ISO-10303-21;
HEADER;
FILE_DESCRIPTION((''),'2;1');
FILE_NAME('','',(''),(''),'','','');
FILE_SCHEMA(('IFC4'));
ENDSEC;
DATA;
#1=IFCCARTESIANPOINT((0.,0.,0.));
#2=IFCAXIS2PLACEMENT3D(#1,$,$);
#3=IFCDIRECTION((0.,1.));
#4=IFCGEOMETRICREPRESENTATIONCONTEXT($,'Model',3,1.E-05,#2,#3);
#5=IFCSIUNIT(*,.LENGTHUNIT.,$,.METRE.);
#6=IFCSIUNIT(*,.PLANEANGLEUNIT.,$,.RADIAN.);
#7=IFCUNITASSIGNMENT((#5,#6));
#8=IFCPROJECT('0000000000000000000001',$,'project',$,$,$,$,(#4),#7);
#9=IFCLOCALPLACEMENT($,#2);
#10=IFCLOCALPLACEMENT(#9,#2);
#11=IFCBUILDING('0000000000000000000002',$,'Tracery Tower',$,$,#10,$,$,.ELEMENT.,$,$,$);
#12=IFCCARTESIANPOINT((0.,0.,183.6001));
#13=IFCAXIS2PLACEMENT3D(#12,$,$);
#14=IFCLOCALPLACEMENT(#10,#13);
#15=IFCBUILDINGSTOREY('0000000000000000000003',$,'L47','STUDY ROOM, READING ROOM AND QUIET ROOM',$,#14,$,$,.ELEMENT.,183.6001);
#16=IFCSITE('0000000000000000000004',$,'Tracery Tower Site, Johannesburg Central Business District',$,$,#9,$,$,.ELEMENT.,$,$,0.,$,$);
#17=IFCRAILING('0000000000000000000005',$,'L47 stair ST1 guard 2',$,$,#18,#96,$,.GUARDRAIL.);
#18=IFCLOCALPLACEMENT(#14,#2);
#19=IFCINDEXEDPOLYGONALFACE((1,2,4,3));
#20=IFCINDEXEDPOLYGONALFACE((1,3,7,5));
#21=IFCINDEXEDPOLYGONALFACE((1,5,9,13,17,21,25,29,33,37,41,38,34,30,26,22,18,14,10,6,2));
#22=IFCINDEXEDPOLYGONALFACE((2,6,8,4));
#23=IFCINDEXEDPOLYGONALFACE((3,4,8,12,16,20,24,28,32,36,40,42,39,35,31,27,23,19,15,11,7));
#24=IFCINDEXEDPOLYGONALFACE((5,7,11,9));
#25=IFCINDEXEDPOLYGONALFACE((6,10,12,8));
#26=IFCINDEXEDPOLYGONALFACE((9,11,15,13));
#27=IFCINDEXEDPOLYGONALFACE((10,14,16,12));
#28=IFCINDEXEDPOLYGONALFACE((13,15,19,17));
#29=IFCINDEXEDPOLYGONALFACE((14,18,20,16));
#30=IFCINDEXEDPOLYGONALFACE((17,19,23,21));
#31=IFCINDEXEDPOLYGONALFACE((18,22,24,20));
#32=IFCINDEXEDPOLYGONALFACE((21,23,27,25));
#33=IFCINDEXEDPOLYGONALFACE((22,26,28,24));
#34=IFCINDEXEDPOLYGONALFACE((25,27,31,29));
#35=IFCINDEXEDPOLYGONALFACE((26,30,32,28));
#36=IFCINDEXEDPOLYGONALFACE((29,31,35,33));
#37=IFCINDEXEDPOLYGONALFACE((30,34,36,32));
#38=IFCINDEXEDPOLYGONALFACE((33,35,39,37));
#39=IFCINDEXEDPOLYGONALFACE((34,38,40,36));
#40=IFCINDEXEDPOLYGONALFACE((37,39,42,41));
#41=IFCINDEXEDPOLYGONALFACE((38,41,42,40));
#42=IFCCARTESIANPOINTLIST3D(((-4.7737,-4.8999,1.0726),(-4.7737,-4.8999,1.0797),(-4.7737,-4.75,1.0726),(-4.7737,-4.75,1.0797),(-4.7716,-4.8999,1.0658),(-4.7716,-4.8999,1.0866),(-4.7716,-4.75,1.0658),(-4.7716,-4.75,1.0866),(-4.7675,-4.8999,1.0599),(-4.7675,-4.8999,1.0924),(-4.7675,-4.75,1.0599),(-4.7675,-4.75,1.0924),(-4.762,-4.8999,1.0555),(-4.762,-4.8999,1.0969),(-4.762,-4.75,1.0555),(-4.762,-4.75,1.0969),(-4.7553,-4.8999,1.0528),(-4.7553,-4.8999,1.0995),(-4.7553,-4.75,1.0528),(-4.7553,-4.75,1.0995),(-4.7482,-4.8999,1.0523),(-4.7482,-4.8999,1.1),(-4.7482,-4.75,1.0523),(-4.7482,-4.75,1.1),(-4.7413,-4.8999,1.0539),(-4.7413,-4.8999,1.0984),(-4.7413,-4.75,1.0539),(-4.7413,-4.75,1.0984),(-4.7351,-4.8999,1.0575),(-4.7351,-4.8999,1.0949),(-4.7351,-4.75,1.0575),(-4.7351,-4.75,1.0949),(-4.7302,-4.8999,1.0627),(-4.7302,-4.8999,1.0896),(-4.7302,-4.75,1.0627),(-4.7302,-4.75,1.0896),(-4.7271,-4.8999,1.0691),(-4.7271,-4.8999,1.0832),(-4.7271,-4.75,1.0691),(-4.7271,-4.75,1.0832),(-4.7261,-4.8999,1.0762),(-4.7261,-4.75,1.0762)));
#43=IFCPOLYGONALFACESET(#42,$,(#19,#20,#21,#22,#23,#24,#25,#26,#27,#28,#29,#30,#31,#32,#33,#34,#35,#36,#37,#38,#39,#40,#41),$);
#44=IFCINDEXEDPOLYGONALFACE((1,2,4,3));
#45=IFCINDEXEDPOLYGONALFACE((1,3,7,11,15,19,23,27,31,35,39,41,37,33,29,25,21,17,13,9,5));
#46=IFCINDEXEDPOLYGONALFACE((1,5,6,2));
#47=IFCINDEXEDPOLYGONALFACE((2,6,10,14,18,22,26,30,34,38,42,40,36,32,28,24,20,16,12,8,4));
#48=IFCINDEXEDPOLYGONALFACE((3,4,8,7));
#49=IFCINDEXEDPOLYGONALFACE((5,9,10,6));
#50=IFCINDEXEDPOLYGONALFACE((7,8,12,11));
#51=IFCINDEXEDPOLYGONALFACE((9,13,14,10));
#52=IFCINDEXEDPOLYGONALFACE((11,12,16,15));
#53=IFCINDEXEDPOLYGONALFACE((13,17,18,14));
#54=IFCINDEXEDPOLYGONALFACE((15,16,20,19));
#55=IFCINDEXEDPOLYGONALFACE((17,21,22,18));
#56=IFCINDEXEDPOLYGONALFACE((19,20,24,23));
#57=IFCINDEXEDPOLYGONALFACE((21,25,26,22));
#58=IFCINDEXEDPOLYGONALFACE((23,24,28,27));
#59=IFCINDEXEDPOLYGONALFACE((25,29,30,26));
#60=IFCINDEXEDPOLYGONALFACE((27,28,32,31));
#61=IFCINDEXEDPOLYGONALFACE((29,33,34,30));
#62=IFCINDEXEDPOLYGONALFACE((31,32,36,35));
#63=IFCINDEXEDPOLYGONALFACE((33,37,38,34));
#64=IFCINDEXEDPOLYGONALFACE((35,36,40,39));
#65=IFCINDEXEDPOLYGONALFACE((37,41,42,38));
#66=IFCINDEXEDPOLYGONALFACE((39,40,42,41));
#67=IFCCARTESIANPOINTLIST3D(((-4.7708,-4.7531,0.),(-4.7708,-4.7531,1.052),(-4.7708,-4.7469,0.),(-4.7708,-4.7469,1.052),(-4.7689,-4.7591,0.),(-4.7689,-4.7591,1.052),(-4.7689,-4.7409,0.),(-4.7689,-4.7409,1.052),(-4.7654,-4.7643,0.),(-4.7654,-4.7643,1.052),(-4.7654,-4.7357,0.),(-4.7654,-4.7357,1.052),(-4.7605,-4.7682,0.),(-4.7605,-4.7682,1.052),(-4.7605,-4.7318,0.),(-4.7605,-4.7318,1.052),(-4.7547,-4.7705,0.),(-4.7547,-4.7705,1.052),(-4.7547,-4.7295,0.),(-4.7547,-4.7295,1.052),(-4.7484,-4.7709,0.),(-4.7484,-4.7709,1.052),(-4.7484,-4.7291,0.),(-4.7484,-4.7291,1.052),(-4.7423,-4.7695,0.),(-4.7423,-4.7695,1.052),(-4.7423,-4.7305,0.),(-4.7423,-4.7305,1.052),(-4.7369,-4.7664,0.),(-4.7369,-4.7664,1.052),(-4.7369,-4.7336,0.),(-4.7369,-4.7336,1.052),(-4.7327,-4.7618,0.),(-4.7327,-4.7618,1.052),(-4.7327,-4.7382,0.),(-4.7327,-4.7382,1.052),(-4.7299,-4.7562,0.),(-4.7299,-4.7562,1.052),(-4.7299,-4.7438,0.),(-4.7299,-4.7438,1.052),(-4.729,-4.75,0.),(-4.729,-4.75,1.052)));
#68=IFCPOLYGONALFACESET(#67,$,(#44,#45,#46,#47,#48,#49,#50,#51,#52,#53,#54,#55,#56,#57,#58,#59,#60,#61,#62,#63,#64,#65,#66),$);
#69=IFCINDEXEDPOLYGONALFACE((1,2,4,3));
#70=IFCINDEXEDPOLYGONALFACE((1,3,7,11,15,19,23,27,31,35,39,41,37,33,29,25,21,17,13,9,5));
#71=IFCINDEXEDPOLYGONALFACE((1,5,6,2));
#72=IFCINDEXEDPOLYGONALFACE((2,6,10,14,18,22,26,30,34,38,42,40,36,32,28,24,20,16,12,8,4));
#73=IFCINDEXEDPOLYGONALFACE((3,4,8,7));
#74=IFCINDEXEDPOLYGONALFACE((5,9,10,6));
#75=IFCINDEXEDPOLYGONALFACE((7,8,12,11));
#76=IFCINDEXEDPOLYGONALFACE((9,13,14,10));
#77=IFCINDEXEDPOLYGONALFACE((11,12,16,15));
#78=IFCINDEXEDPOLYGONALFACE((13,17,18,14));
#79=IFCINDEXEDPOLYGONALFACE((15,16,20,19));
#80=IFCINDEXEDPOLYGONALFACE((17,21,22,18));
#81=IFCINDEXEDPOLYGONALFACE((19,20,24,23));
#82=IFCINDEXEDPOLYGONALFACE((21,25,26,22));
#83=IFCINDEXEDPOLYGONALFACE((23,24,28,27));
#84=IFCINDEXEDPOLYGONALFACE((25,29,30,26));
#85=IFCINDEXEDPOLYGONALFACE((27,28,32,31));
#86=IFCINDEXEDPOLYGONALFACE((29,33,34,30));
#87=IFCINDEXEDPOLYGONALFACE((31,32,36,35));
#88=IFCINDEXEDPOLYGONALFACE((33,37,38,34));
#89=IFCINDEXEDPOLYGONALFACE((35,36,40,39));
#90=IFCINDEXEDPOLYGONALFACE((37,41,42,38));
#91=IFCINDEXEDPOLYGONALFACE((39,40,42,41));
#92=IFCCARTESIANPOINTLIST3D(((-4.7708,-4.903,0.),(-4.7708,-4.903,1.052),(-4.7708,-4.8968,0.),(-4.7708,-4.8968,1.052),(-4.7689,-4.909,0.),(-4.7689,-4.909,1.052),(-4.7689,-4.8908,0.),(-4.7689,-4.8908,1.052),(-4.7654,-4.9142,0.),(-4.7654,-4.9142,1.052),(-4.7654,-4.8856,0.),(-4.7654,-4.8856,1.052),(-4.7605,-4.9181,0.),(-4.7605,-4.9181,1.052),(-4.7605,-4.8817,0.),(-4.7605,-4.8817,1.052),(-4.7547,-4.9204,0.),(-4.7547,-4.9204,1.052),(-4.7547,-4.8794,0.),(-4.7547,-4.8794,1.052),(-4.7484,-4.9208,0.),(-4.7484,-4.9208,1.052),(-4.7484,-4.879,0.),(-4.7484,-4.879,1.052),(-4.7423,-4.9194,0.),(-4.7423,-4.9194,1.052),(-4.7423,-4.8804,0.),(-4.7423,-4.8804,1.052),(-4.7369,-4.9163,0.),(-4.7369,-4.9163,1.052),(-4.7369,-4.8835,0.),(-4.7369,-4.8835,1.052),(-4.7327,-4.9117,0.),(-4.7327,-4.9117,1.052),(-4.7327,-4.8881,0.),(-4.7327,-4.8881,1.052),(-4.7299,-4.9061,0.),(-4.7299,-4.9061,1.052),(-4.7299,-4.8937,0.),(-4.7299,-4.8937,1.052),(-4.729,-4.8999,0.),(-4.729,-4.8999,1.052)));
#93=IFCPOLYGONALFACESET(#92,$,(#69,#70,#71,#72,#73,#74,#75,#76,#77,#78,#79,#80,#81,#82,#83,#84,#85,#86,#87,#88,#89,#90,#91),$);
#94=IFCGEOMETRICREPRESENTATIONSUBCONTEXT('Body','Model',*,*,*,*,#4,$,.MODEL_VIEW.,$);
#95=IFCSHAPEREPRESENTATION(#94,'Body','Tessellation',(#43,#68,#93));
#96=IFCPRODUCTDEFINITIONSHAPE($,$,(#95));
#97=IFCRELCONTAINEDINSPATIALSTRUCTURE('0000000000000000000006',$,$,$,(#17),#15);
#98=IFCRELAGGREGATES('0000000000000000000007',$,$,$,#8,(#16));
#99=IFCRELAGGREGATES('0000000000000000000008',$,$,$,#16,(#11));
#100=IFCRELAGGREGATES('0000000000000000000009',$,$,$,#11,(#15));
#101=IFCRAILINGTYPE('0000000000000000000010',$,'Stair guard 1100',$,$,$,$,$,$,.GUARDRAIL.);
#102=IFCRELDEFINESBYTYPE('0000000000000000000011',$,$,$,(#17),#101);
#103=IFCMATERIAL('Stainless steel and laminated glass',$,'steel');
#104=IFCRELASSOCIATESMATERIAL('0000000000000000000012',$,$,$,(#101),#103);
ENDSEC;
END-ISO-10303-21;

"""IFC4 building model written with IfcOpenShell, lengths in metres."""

from ifc_helpers import new_model, si_unit, direction, frame, origin, origin_2d, place, context, subcontext, project, spatial, circle, extrude, material, type_object, element, save


model = new_model("IFC4")

# Units and contexts
model_context = context("Model", 3, precision=1e-05, world=origin(), true_north=direction((0.0, 1.0)))
body_context = subcontext(model_context, "Body", "Model", "MODEL_VIEW")
ifc_project = project(units=[si_unit("LENGTHUNIT", "METRE"), si_unit("PLANEANGLEUNIT", "RADIAN")], contexts=[model_context])

# Site, building, storey
site_placement = place(None, origin())
site = spatial("IfcSite", under=ifc_project, at=site_placement, Name="Tracery Tower Site, Johannesburg Central Business District", CompositionType="ELEMENT", RefElevation=0.0)
building_placement = place(site_placement, origin())
building = spatial("IfcBuilding", under=site, at=building_placement, Name="Tracery Tower", CompositionType="ELEMENT")
storey_placement = place(building_placement, frame((0.0, 0.0, 183.6001)))
storey = spatial("IfcBuildingStorey", under=building, at=storey_placement, Name="L47", Description="STUDY ROOM, READING ROOM AND QUIET ROOM", CompositionType="ELEMENT", Elevation=183.6001)

# Railing
ifc_material_1 = material(Name="Stainless steel and laminated glass", Category="steel")
railing_type_1 = type_object("IfcRailingType", Name="Stair guard 1100", PredefinedType="GUARDRAIL", material=ifc_material_1)
railing_1_placement = place(storey_placement, frame((-4.75, -4.75, 0.0)))
element("IfcRailing", 1, at=railing_1_placement, inside=storey, type_object=railing_type_1, Name="L47 stair ST1 guard 2", PredefinedType="GUARDRAIL", context=body_context, shape_type="SweptSolid", body=[
    extrude(circle(Radius=0.0239, at=origin_2d()), frame((0.0, 0.0, 1.0762), z_axis=(0.0, -1.0, 0.0), x_axis=(1.0, 0.0, 0.0)), (0.0, 0.0, 1.0), 0.1499),
    extrude(circle(Radius=0.021, at=origin_2d()), origin(), (0.0, 0.0, 1.0), 1.052),
    extrude(circle(Radius=0.021, at=origin_2d()), frame((0.0, -0.1499, 0.0)), (0.0, 0.0, 1.0), 1.052),
])

save(model, "model.ifc")
